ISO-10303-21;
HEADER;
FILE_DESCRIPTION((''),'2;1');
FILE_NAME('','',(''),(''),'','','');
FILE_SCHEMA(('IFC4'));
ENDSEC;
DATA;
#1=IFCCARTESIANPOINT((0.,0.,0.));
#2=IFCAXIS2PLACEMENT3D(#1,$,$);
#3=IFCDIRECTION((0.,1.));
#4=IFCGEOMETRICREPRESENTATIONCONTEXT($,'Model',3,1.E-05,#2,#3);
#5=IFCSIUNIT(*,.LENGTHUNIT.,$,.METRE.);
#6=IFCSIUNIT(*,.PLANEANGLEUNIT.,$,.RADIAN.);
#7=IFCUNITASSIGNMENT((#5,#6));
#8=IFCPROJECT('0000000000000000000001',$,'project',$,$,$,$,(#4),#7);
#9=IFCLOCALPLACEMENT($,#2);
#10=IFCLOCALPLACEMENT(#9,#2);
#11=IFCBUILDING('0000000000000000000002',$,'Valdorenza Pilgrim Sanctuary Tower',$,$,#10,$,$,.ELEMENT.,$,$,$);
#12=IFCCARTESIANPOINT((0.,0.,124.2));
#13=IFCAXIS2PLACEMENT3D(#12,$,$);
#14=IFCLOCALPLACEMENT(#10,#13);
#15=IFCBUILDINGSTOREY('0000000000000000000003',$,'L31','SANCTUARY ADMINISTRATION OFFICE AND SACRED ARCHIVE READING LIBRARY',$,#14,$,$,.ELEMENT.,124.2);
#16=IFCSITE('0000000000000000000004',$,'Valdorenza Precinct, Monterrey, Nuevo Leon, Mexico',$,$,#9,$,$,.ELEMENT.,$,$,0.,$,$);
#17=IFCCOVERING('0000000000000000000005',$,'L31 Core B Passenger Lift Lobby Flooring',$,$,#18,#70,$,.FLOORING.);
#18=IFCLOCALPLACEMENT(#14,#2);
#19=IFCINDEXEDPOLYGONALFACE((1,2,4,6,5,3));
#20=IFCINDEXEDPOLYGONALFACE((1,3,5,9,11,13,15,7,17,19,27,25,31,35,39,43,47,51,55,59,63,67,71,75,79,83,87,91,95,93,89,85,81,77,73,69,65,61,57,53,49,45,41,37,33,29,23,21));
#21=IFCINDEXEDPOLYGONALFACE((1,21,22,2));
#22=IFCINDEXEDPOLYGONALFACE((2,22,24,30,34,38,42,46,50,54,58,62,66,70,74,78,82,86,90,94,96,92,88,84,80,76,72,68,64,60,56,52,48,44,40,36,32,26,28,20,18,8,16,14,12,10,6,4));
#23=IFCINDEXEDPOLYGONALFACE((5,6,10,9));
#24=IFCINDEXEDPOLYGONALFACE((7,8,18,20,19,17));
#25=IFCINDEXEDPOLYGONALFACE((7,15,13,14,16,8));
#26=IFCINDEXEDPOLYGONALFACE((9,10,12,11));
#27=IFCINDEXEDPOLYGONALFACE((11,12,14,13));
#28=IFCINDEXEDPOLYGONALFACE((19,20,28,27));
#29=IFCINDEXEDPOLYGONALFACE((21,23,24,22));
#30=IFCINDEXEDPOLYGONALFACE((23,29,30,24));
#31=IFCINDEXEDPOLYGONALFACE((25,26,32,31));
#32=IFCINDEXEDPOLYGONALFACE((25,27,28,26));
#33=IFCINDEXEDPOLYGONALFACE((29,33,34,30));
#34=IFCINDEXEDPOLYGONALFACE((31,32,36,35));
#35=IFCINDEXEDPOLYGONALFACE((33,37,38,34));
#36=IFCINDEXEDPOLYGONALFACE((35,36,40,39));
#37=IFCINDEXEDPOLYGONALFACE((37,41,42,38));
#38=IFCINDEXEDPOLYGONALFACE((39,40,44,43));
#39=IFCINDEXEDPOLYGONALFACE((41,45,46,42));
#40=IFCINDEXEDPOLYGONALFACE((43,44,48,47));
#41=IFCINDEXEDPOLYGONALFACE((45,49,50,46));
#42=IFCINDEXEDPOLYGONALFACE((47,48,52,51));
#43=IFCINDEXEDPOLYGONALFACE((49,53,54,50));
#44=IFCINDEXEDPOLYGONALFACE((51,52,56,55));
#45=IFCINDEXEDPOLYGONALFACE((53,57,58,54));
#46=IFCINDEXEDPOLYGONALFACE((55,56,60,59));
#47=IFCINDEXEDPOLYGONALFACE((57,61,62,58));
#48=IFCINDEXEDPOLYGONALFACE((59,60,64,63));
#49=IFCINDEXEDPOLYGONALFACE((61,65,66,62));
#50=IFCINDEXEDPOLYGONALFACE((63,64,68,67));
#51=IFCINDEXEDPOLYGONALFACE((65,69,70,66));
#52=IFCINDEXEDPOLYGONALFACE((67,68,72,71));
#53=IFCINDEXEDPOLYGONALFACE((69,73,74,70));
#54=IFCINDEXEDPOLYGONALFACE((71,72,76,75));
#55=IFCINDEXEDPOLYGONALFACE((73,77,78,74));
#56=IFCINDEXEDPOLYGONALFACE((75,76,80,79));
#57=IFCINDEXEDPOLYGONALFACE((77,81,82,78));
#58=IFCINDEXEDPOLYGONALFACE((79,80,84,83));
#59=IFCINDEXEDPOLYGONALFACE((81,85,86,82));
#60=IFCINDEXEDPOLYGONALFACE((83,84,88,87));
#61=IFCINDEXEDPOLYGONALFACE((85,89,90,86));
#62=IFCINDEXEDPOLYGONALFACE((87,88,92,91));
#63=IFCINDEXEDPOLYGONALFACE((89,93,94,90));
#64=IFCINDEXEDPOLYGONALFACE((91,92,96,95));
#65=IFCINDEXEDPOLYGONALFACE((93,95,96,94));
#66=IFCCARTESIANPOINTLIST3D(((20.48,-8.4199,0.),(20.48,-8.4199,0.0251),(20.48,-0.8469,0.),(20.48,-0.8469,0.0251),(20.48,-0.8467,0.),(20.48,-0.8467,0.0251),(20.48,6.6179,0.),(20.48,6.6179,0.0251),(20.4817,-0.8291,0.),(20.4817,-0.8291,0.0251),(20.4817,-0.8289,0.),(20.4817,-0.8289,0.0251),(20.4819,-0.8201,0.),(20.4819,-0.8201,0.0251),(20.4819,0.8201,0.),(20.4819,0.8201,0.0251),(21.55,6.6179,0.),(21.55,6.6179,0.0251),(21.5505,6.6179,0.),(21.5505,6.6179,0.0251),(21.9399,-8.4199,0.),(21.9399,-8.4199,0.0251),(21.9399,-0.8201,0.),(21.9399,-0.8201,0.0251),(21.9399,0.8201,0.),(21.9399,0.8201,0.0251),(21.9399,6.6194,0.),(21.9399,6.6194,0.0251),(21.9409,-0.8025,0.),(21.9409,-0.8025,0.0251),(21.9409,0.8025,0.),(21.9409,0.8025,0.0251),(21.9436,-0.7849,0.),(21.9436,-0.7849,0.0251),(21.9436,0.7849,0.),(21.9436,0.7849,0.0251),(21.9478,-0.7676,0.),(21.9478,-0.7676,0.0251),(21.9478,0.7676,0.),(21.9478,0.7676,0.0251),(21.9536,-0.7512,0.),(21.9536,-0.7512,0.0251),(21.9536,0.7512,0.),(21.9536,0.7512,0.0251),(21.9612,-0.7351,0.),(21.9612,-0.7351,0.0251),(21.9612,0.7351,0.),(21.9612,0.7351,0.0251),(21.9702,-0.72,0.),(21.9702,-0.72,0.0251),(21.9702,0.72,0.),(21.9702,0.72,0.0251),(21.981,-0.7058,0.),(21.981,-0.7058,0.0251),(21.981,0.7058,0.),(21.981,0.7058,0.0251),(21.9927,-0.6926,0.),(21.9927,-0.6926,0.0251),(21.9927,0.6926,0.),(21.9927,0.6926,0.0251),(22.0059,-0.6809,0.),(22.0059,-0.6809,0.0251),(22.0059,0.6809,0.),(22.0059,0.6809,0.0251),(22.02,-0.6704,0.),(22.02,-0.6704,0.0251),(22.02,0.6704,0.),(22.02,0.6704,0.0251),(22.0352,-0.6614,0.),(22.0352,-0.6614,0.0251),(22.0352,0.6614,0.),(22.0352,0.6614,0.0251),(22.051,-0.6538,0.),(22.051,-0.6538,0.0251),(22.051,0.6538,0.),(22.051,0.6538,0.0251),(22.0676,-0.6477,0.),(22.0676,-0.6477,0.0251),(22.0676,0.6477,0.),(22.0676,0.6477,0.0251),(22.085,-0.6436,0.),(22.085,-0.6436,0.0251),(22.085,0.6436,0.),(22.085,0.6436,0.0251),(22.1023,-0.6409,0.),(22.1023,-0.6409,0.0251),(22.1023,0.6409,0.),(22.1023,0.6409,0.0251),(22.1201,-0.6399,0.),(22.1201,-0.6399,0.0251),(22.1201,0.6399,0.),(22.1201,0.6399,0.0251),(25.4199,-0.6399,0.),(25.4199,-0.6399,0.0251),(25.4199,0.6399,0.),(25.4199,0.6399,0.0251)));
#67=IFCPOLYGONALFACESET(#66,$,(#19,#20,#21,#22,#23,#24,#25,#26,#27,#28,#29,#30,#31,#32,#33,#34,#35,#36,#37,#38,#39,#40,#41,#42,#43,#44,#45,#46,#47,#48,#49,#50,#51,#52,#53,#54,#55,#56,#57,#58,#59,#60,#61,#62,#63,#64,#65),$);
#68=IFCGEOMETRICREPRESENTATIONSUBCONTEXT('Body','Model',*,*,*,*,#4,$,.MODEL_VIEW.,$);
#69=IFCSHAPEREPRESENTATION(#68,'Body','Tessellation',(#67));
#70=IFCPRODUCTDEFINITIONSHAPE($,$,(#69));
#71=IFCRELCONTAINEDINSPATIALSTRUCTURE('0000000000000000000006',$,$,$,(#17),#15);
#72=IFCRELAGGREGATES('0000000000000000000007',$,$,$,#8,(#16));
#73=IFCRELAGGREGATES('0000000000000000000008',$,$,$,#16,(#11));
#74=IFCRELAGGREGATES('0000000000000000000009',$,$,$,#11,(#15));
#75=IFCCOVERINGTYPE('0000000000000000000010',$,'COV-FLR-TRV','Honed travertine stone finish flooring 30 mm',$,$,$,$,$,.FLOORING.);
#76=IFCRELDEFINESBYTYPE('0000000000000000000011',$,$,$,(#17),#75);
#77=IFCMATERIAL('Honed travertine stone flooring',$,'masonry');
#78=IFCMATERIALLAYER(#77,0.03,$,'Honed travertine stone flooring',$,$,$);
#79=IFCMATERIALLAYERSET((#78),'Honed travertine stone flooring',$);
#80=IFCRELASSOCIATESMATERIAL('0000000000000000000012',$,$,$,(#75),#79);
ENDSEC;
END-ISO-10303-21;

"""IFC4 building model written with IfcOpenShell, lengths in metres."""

from ifc_helpers import new_model, si_unit, direction, frame, origin, place, context, subcontext, project, spatial, polyline, outline, extrude, material, layer, layer_set, type_object, element, save


model = new_model("IFC4")

# Units and contexts
model_context = context("Model", 3, precision=1e-05, world=origin(), true_north=direction((0.0, 1.0)))
body_context = subcontext(model_context, "Body", "Model", "MODEL_VIEW")
ifc_project = project(units=[si_unit("LENGTHUNIT", "METRE"), si_unit("PLANEANGLEUNIT", "RADIAN")], contexts=[model_context])

# Site, building, storey
site_placement = place(None, origin())
site = spatial("IfcSite", under=ifc_project, at=site_placement, Name="Valdorenza Precinct, Monterrey, Nuevo Leon, Mexico", CompositionType="ELEMENT", RefElevation=0.0)
building_placement = place(site_placement, origin())
building = spatial("IfcBuilding", under=site, at=building_placement, Name="Valdorenza Pilgrim Sanctuary Tower", CompositionType="ELEMENT")
storey_placement = place(building_placement, frame((0.0, 0.0, 124.2)))
storey = spatial("IfcBuildingStorey", under=building, at=storey_placement, Name="L31", Description="SANCTUARY ADMINISTRATION OFFICE AND SACRED ARCHIVE READING LIBRARY", CompositionType="ELEMENT", Elevation=124.2)

# Covering
ifc_material_1 = material(Name="Honed travertine stone flooring", Category="masonry")
ifc_layer_1 = layer(ifc_material_1, 0.03, Name="Honed travertine stone flooring")
ifc_layer_set_1 = layer_set([ifc_layer_1], Name="Honed travertine stone flooring")
covering_type_1 = type_object("IfcCoveringType", Name="COV-FLR-TRV", Description="Honed travertine stone finish flooring 30 mm", PredefinedType="FLOORING", material=ifc_layer_set_1)
covering_1_placement = place(storey_placement, origin())
element("IfcCovering", 1, at=covering_1_placement, inside=storey, type_object=covering_type_1, Name="L31 Core B Passenger Lift Lobby Flooring", PredefinedType="FLOORING", context=body_context, shape_type="SweptSolid", body=[
    extrude(outline(polyline([(20.48, 6.6179), (21.55, 6.6179), (21.5505, 6.6179), (21.9399, 6.6194), (21.9399, 0.8201), (21.9409, 0.8025), (21.9436, 0.7849), (21.9478, 0.7676), (21.9536, 0.7512), (21.9612, 0.7351), (21.9702, 0.72), (21.981, 0.7058), (21.9927, 0.6926), (22.0059, 0.6809), (22.02, 0.6704), (22.0352, 0.6614), (22.051, 0.6538), (22.0676, 0.6477), (22.085, 0.6436), (22.1023, 0.6409), (22.1201, 0.6399), (25.4199, 0.6399), (25.4199, -0.6399), (22.1201, -0.6399), (22.1023, -0.6409), (22.085, -0.6436), (22.0676, -0.6477), (22.051, -0.6538), (22.0352, -0.6614), (22.02, -0.6704), (22.0059, -0.6809), (21.9927, -0.6926), (21.981, -0.7058), (21.9702, -0.72), (21.9612, -0.7351), (21.9536, -0.7512), (21.9478, -0.7676), (21.9436, -0.7849), (21.9409, -0.8025), (21.9399, -0.8201), (21.9399, -8.4199), (20.48, -8.4199), (20.48, -0.8469), (20.48, -0.8467), (20.48, -0.8467), (20.4817, -0.8291), (20.4817, -0.8289), (20.4819, -0.8201), (20.4819, 0.8201), (20.48, 6.6179)])), origin(), (0.0, 0.0, 1.0), 0.0251),
])

save(model, "model.ifc")
